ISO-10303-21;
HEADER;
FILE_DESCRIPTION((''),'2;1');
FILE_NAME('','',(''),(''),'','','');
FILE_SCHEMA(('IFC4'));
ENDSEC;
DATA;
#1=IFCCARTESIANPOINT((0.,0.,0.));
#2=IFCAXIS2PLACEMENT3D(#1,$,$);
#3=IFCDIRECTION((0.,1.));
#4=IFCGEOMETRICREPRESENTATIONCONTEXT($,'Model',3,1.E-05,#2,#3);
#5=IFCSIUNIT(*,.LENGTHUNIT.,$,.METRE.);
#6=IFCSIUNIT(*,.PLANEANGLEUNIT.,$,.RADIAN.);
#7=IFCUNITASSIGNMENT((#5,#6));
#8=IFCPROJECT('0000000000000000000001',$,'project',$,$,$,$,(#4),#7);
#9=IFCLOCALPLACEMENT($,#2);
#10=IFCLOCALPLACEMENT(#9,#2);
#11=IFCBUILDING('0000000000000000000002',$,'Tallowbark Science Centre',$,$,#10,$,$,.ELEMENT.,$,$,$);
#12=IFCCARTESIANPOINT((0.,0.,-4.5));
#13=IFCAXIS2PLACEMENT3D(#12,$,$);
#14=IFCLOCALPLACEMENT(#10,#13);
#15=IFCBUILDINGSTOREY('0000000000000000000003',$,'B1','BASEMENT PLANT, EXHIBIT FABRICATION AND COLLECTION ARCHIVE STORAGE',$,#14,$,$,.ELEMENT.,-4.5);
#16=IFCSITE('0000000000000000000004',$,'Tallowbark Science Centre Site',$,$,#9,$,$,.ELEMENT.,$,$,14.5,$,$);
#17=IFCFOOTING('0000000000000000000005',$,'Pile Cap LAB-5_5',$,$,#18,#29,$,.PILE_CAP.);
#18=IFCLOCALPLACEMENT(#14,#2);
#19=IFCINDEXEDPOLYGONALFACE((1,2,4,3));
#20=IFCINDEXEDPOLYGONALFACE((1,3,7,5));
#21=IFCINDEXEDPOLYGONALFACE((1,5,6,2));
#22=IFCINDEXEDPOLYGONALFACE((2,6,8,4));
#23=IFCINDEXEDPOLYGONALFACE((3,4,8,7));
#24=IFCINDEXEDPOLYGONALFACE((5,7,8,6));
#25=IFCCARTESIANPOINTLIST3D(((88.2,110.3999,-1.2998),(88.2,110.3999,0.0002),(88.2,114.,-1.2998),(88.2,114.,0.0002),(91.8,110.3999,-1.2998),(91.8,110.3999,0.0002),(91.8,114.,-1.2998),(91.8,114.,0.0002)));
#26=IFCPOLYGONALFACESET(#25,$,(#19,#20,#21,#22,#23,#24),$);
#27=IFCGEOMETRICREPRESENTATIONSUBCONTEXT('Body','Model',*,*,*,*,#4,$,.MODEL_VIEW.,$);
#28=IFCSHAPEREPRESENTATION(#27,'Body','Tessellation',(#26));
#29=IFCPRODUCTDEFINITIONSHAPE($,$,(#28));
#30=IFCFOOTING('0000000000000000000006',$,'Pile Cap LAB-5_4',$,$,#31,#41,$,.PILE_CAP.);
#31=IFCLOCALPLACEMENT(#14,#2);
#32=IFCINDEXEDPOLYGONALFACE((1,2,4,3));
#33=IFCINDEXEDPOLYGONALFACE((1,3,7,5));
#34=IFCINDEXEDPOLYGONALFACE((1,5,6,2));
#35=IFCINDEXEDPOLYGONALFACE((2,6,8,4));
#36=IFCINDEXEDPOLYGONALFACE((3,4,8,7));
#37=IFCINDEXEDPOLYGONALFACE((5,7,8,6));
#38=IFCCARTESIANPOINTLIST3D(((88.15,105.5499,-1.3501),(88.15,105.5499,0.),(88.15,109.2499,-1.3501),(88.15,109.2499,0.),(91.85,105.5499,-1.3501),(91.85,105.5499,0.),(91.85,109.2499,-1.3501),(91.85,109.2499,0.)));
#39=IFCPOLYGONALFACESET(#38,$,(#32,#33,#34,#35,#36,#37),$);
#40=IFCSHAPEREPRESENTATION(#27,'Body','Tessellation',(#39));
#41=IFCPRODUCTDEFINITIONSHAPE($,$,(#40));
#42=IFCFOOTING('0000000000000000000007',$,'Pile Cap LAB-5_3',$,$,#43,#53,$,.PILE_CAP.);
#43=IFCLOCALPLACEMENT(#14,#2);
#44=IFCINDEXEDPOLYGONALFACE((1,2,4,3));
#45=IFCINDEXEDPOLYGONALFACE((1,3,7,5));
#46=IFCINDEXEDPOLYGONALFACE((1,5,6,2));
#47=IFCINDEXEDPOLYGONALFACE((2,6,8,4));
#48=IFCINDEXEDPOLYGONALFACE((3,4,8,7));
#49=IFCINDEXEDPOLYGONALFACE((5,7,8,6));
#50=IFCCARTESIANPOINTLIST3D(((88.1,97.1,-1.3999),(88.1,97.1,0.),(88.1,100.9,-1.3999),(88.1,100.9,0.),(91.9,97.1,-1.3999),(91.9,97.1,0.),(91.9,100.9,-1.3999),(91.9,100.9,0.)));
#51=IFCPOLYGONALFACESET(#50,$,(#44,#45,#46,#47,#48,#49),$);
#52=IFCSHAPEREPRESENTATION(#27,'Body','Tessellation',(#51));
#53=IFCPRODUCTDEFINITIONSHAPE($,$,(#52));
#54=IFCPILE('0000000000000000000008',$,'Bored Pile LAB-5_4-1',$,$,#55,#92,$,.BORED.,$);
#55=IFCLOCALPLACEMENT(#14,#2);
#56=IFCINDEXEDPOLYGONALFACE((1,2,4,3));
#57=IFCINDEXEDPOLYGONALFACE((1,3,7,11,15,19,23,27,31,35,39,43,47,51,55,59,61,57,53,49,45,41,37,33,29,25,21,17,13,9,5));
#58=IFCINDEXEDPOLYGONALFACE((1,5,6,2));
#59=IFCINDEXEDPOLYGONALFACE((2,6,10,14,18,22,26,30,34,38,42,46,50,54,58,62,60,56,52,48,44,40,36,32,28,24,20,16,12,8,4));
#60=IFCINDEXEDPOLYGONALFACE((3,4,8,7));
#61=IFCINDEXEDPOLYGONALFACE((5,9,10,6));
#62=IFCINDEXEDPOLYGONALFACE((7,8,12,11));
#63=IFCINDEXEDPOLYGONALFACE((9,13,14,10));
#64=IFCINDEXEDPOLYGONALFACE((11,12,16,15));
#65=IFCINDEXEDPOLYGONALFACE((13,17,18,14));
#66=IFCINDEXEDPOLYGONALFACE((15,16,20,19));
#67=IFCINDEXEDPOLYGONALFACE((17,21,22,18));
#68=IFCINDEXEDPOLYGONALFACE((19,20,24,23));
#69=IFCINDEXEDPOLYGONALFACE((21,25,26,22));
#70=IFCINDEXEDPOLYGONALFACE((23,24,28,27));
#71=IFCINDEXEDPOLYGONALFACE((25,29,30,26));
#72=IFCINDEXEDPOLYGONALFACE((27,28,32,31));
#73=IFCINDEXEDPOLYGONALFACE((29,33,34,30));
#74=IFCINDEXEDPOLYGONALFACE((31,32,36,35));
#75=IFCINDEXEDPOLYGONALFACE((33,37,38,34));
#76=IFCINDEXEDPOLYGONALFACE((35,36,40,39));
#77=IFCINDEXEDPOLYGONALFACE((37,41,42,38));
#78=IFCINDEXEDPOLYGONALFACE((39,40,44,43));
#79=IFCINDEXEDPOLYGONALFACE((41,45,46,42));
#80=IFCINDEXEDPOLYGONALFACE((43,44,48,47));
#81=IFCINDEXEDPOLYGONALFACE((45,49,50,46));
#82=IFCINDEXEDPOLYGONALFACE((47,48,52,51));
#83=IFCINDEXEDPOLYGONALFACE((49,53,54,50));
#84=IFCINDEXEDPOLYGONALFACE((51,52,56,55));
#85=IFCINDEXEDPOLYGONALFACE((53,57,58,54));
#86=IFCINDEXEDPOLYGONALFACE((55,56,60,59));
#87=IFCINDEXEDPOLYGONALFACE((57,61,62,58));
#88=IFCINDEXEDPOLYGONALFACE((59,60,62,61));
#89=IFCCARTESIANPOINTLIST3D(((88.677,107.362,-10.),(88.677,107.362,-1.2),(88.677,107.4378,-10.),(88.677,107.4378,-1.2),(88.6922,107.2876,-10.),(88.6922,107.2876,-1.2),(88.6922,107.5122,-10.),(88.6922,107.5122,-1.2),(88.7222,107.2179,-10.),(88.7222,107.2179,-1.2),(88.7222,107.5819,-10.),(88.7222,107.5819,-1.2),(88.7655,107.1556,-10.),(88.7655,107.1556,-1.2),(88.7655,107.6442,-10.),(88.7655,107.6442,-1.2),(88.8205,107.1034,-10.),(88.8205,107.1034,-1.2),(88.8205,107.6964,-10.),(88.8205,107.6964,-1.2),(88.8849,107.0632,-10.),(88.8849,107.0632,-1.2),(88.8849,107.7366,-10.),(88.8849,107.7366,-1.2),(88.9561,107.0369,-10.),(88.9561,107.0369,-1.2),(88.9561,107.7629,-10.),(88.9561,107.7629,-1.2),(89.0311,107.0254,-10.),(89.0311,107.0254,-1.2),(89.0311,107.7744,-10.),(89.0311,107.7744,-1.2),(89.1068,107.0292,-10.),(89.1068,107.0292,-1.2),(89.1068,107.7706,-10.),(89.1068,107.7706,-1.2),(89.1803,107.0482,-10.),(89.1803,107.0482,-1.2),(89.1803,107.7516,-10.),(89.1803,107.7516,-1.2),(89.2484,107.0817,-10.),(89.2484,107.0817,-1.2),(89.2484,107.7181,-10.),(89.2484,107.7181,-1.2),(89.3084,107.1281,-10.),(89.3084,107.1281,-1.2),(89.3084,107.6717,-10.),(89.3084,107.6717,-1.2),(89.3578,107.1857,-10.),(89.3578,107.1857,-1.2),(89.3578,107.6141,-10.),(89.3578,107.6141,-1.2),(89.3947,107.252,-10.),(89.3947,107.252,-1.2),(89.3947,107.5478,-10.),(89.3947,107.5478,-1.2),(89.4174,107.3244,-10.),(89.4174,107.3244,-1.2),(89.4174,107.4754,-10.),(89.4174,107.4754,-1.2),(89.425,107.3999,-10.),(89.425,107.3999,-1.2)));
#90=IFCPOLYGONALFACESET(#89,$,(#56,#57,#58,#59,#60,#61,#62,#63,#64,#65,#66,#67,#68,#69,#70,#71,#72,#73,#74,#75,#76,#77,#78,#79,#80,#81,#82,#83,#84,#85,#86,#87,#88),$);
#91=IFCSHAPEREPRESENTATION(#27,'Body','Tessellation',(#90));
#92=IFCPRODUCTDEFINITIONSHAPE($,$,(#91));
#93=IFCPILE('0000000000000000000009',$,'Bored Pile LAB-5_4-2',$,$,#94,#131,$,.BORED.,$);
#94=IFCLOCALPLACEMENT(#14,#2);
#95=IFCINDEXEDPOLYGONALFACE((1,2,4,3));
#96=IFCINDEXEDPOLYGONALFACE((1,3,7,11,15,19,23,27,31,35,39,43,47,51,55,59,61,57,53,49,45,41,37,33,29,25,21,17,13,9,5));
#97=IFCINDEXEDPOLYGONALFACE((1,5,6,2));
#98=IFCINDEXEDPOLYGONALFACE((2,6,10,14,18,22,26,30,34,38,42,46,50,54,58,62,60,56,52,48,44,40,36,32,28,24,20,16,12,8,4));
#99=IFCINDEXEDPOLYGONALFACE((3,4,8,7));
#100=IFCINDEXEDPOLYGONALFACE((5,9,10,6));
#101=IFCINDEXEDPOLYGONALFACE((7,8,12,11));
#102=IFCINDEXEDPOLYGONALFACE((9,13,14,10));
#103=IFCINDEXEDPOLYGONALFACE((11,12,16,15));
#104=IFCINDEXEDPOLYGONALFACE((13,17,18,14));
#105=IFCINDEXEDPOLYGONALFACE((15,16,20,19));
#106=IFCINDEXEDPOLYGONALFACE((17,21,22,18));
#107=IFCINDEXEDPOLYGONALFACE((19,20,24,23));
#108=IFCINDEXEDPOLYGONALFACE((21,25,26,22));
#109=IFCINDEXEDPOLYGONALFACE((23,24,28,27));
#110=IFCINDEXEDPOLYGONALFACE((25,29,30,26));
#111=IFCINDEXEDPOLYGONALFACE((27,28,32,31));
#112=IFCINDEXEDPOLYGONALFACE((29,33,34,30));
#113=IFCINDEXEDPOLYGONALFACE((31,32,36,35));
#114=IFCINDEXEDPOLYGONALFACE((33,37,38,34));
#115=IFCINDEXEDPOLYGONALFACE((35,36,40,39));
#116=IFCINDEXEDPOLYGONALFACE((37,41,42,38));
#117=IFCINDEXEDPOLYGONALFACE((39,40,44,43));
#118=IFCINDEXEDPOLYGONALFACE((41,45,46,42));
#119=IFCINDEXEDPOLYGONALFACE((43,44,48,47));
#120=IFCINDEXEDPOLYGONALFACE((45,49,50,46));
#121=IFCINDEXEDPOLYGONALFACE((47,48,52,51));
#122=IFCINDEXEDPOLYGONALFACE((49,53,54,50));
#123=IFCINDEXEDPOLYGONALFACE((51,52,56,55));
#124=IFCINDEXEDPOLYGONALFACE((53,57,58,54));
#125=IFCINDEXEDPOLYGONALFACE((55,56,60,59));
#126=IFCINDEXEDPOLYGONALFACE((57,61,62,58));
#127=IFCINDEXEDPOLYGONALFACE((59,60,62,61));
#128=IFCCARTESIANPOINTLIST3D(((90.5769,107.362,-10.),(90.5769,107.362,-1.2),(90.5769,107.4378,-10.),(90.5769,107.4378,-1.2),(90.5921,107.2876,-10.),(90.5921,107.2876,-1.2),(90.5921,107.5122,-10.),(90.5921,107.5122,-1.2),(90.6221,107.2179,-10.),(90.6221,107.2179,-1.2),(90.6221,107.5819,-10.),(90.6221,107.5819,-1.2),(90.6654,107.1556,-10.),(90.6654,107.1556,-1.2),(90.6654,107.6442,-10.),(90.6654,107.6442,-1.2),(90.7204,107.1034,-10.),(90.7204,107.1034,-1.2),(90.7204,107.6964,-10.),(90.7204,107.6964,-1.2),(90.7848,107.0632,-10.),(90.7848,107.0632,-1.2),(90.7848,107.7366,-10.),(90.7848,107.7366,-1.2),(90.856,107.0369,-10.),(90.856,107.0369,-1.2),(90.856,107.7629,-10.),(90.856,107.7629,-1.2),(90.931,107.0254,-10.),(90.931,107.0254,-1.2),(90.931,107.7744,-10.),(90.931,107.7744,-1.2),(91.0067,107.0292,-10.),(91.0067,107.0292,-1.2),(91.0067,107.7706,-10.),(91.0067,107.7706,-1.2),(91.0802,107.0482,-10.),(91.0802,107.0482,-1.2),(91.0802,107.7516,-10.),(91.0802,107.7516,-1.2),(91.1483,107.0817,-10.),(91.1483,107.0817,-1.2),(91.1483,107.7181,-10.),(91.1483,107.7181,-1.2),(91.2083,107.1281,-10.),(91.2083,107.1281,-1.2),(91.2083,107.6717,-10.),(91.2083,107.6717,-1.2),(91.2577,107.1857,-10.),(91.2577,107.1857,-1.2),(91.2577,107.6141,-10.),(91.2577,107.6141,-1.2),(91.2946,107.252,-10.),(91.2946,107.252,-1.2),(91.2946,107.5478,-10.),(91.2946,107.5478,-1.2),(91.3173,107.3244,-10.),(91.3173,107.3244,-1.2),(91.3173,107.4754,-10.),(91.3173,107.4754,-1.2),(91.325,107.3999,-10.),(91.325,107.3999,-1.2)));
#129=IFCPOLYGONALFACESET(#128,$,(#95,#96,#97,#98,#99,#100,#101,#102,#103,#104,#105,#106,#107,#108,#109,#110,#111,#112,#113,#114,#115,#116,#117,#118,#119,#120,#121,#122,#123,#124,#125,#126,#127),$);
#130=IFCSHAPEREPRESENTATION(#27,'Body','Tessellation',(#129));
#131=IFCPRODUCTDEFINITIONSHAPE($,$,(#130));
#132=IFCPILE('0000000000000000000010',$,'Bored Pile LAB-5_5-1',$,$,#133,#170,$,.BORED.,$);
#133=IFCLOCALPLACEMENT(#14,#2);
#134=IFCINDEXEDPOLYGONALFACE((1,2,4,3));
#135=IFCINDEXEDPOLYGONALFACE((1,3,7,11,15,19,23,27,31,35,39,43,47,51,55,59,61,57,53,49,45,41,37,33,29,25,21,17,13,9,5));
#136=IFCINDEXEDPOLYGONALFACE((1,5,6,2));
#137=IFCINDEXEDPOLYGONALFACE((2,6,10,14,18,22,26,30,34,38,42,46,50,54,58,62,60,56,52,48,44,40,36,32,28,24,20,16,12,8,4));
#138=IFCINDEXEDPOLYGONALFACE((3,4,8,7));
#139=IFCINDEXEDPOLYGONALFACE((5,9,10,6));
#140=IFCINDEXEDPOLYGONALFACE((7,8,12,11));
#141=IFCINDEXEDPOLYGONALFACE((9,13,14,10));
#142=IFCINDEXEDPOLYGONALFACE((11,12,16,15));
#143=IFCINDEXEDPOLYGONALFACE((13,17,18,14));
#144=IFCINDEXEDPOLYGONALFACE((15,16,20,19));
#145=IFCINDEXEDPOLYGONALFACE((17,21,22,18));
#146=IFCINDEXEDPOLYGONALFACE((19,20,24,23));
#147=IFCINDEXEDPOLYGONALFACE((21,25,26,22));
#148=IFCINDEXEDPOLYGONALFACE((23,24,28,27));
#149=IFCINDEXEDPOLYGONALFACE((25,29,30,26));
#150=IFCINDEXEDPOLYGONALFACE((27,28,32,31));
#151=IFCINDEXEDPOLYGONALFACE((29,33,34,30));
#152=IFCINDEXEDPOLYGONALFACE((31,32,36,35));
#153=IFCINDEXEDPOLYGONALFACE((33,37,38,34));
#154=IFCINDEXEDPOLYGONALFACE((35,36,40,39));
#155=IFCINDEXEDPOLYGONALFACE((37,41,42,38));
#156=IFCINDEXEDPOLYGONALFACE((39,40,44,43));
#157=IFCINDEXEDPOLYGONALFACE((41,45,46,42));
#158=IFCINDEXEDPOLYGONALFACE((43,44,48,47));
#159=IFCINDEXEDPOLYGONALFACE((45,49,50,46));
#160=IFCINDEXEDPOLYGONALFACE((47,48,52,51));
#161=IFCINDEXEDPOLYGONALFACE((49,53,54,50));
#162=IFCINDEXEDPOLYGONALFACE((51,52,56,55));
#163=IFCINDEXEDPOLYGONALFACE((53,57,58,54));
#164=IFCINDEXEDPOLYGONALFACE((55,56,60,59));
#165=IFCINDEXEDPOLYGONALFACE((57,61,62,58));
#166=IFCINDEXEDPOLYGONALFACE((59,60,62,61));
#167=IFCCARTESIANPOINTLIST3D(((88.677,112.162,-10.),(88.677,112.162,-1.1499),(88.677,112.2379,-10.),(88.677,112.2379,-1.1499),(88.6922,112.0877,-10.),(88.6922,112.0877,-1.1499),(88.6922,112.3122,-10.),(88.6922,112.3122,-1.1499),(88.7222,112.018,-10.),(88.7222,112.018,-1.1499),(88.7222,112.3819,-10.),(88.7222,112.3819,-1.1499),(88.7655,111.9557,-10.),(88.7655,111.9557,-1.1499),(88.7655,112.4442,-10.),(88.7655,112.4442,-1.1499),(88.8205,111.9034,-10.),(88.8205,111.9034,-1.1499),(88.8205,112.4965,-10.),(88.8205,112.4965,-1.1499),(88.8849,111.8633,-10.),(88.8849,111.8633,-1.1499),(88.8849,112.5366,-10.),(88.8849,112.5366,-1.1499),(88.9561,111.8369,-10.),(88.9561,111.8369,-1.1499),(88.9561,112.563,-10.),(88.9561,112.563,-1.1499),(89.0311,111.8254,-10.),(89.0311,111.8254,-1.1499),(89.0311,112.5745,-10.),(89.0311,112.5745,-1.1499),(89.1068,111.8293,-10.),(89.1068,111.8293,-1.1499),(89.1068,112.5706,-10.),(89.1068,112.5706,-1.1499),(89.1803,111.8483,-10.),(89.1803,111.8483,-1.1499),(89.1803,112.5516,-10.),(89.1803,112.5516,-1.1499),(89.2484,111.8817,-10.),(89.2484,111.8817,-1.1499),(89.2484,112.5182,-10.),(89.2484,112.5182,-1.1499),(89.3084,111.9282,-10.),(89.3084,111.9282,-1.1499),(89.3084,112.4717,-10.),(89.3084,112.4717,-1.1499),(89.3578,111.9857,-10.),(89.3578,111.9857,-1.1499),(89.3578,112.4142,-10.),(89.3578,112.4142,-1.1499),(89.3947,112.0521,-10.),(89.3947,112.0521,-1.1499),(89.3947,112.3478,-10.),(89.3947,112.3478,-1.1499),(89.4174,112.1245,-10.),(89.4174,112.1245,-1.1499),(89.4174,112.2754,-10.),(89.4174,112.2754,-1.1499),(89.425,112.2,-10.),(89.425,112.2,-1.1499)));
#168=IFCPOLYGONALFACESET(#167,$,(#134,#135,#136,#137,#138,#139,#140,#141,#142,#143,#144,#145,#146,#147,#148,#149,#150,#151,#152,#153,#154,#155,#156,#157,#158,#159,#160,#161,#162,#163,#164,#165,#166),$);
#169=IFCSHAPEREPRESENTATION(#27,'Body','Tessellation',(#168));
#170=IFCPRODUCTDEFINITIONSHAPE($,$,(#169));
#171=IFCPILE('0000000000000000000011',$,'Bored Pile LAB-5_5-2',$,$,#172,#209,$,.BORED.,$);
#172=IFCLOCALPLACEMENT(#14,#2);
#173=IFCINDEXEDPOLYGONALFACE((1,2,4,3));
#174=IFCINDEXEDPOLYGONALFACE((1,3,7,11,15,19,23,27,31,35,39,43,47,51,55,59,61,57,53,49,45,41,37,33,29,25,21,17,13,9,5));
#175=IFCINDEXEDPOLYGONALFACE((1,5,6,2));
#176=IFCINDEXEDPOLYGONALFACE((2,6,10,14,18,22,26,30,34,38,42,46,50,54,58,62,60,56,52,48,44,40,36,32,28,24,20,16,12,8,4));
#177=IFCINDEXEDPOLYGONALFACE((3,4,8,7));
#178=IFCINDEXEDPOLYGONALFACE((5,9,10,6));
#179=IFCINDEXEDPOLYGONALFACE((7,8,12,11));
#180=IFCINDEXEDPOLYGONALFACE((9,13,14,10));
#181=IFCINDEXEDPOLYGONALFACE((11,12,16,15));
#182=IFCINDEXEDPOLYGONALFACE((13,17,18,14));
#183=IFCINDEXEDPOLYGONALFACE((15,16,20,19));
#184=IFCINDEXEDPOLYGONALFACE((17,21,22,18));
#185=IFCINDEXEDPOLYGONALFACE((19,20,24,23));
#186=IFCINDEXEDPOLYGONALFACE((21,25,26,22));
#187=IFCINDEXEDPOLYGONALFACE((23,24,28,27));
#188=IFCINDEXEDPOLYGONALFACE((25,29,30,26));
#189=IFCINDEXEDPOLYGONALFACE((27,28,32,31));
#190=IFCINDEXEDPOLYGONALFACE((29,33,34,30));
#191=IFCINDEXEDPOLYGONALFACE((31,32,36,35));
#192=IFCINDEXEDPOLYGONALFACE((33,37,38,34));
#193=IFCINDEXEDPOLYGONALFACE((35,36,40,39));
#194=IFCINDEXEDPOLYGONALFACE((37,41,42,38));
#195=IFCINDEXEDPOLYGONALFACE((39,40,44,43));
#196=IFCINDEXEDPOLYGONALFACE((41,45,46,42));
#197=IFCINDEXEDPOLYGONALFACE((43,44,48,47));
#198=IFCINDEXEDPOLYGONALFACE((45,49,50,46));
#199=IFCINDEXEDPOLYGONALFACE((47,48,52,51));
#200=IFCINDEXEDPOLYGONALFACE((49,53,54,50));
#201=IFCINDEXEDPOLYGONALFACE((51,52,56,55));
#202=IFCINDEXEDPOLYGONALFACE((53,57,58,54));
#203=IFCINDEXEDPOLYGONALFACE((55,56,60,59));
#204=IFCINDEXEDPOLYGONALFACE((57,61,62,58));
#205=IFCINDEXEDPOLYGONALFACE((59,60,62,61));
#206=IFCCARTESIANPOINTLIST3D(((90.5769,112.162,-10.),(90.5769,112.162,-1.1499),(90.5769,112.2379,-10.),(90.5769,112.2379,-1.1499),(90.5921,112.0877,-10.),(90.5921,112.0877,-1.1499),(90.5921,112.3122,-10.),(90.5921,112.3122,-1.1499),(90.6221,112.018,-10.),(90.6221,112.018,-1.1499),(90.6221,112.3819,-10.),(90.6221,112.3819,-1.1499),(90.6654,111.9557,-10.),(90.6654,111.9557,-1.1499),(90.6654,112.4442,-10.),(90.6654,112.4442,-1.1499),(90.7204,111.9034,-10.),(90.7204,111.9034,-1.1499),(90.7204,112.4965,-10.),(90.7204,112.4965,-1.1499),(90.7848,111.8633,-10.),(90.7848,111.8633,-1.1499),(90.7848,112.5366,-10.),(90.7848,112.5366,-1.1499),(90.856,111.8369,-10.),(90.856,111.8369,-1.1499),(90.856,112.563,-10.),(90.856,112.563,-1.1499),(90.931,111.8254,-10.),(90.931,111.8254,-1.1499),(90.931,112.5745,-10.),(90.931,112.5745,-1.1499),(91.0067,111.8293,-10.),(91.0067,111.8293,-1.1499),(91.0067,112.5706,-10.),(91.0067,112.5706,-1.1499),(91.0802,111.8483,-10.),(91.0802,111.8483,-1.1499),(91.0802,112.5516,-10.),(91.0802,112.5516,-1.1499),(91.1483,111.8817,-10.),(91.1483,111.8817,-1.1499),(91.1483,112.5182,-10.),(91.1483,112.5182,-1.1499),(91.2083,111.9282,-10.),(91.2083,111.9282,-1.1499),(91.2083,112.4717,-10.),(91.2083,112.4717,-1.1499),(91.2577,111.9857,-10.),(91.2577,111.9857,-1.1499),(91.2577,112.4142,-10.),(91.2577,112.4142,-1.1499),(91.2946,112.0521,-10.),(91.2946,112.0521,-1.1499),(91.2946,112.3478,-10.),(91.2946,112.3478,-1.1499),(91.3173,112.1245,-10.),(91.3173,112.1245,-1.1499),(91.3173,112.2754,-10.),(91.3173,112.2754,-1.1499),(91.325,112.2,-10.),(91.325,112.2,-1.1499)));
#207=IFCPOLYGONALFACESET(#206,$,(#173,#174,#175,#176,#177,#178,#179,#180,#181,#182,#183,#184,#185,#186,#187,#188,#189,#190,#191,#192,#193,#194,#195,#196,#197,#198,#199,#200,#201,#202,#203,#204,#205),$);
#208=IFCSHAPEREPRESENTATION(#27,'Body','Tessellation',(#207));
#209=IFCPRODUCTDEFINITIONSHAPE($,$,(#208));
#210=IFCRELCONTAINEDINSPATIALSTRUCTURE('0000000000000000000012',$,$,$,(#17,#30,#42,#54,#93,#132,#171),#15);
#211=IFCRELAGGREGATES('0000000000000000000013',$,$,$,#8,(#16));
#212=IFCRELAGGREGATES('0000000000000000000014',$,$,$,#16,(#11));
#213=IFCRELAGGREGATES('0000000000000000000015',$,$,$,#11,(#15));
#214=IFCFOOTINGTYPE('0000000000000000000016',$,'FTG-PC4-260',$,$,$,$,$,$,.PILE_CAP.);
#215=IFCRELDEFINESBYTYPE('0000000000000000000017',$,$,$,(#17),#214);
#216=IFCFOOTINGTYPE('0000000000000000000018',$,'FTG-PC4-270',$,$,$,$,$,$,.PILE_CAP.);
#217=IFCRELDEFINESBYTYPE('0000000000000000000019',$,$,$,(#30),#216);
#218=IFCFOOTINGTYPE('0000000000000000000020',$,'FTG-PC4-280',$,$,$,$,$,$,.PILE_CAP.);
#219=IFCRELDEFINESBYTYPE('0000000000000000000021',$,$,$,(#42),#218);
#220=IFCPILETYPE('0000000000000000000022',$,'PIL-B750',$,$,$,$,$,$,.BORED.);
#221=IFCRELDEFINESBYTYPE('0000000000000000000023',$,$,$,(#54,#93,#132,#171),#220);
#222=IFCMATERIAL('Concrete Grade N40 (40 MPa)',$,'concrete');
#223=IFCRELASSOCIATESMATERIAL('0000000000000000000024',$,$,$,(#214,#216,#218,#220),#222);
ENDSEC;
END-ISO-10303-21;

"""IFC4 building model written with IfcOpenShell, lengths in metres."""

from ifc_helpers import new_model, si_unit, direction, frame, origin, origin_2d, place, context, subcontext, project, spatial, rectangle, circle, extrude, material, material_profile, profile_set, type_object, element, save


model = new_model("IFC4")

# Units and contexts
model_context = context("Model", 3, precision=1e-05, world=origin(), true_north=direction((0.0, 1.0)))
body_context = subcontext(model_context, "Body", "Model", "MODEL_VIEW")
ifc_project = project(units=[si_unit("LENGTHUNIT", "METRE"), si_unit("PLANEANGLEUNIT", "RADIAN")], contexts=[model_context])

# Site, building, storey
site_placement = place(None, origin())
site = spatial("IfcSite", under=ifc_project, at=site_placement, Name="Tallowbark Science Centre Site", CompositionType="ELEMENT", RefElevation=14.5)
building_placement = place(site_placement, origin())
building = spatial("IfcBuilding", under=site, at=building_placement, Name="Tallowbark Science Centre", CompositionType="ELEMENT")
storey_placement = place(building_placement, frame((0.0, 0.0, -4.5)))
storey = spatial("IfcBuildingStorey", under=building, at=storey_placement, Name="B1", Description="BASEMENT PLANT, EXHIBIT FABRICATION AND COLLECTION ARCHIVE STORAGE", CompositionType="ELEMENT", Elevation=-4.5)

# Footings
ifc_material_1 = material(Name="Concrete Grade N40 (40 MPa)", Category="concrete")
footing_type_1 = type_object("IfcFootingType", Name="FTG-PC4-260", PredefinedType="PILE_CAP", material=ifc_material_1)
footing_1_placement = place(storey_placement, frame((90.0, 112.2, -1.2998), z_axis=(0.0, 0.0, 1.0), x_axis=(1.0, 0.0, 0.0)))
element("IfcFooting", 1, at=footing_1_placement, inside=storey, type_object=footing_type_1, Name="Pile Cap LAB-5_5", PredefinedType="PILE_CAP", context=body_context, shape_type="SweptSolid", body=[
    extrude(rectangle(XDim=3.6001, YDim=3.6001, at=origin_2d()), origin(), (0.0, 0.0, 1.0), 1.3),
])
footing_type_2 = type_object("IfcFootingType", Name="FTG-PC4-270", PredefinedType="PILE_CAP", material=ifc_material_1)
footing_2_placement = place(storey_placement, frame((90.0, 107.3999, -1.3501), z_axis=(0.0, 0.0, 1.0), x_axis=(1.0, 0.0, 0.0)))
element("IfcFooting", 2, at=footing_2_placement, inside=storey, type_object=footing_type_2, Name="Pile Cap LAB-5_4", PredefinedType="PILE_CAP", context=body_context, shape_type="SweptSolid", body=[
    extrude(rectangle(XDim=3.7, YDim=3.7, at=origin_2d()), origin(), (0.0, 0.0, 1.0), 1.3501),
])
footing_type_3 = type_object("IfcFootingType", Name="FTG-PC4-280", PredefinedType="PILE_CAP", material=ifc_material_1)
footing_3_placement = place(storey_placement, frame((90.0, 99.0, -1.3999), z_axis=(0.0, 0.0, 1.0), x_axis=(1.0, 0.0, 0.0)))
element("IfcFooting", 3, at=footing_3_placement, inside=storey, type_object=footing_type_3, Name="Pile Cap LAB-5_3", PredefinedType="PILE_CAP", context=body_context, shape_type="SweptSolid", body=[
    extrude(rectangle(XDim=3.8, YDim=3.8, at=origin_2d()), origin(), (0.0, 0.0, 1.0), 1.3999),
])

# Piles
ifc_material_profile_1 = material_profile(ifc_material_1, circle(Radius=0.375, at=origin_2d()), Name="PILE750")
ifc_profile_set_1 = profile_set([ifc_material_profile_1], Name="Concrete Grade N40 (40 MPa)")
pile_type_1 = type_object("IfcPileType", Name="PIL-B750", PredefinedType="BORED", material=ifc_profile_set_1)
for number, where, z_axis, x_axis, name in (
    (4, (89.05, 107.3999, -1.2), (0.0, 0.0, -1.0), (1.0, 0.0, 0.0), "Bored Pile LAB-5_4-1"),
    (5, (90.95, 107.3999, -1.2), (0.0, 0.0, -1.0), (1.0, 0.0, 0.0), "Bored Pile LAB-5_4-2"),
):
    element("IfcPile", number, at=place(storey_placement, frame(where, z_axis=z_axis, x_axis=x_axis)), inside=storey, type_object=pile_type_1, Name=name, PredefinedType="BORED", context=body_context, shape_type="SweptSolid", body=[
        extrude(circle(Radius=0.375, at=origin_2d()), origin(), (0.0, 0.0, 1.0), 8.8),
    ])
for number, where, z_axis, x_axis, name in (
    (6, (89.05, 112.2, -1.1499), (0.0, 0.0, -1.0), (1.0, 0.0, 0.0), "Bored Pile LAB-5_5-1"),
    (7, (90.95, 112.2, -1.1499), (0.0, 0.0, -1.0), (1.0, 0.0, 0.0), "Bored Pile LAB-5_5-2"),
):
    element("IfcPile", number, at=place(storey_placement, frame(where, z_axis=z_axis, x_axis=x_axis)), inside=storey, type_object=pile_type_1, Name=name, PredefinedType="BORED", context=body_context, shape_type="SweptSolid", body=[
        extrude(circle(Radius=0.375, at=origin_2d()), origin(), (0.0, 0.0, 1.0), 8.8501),
    ])

save(model, "model.ifc")
